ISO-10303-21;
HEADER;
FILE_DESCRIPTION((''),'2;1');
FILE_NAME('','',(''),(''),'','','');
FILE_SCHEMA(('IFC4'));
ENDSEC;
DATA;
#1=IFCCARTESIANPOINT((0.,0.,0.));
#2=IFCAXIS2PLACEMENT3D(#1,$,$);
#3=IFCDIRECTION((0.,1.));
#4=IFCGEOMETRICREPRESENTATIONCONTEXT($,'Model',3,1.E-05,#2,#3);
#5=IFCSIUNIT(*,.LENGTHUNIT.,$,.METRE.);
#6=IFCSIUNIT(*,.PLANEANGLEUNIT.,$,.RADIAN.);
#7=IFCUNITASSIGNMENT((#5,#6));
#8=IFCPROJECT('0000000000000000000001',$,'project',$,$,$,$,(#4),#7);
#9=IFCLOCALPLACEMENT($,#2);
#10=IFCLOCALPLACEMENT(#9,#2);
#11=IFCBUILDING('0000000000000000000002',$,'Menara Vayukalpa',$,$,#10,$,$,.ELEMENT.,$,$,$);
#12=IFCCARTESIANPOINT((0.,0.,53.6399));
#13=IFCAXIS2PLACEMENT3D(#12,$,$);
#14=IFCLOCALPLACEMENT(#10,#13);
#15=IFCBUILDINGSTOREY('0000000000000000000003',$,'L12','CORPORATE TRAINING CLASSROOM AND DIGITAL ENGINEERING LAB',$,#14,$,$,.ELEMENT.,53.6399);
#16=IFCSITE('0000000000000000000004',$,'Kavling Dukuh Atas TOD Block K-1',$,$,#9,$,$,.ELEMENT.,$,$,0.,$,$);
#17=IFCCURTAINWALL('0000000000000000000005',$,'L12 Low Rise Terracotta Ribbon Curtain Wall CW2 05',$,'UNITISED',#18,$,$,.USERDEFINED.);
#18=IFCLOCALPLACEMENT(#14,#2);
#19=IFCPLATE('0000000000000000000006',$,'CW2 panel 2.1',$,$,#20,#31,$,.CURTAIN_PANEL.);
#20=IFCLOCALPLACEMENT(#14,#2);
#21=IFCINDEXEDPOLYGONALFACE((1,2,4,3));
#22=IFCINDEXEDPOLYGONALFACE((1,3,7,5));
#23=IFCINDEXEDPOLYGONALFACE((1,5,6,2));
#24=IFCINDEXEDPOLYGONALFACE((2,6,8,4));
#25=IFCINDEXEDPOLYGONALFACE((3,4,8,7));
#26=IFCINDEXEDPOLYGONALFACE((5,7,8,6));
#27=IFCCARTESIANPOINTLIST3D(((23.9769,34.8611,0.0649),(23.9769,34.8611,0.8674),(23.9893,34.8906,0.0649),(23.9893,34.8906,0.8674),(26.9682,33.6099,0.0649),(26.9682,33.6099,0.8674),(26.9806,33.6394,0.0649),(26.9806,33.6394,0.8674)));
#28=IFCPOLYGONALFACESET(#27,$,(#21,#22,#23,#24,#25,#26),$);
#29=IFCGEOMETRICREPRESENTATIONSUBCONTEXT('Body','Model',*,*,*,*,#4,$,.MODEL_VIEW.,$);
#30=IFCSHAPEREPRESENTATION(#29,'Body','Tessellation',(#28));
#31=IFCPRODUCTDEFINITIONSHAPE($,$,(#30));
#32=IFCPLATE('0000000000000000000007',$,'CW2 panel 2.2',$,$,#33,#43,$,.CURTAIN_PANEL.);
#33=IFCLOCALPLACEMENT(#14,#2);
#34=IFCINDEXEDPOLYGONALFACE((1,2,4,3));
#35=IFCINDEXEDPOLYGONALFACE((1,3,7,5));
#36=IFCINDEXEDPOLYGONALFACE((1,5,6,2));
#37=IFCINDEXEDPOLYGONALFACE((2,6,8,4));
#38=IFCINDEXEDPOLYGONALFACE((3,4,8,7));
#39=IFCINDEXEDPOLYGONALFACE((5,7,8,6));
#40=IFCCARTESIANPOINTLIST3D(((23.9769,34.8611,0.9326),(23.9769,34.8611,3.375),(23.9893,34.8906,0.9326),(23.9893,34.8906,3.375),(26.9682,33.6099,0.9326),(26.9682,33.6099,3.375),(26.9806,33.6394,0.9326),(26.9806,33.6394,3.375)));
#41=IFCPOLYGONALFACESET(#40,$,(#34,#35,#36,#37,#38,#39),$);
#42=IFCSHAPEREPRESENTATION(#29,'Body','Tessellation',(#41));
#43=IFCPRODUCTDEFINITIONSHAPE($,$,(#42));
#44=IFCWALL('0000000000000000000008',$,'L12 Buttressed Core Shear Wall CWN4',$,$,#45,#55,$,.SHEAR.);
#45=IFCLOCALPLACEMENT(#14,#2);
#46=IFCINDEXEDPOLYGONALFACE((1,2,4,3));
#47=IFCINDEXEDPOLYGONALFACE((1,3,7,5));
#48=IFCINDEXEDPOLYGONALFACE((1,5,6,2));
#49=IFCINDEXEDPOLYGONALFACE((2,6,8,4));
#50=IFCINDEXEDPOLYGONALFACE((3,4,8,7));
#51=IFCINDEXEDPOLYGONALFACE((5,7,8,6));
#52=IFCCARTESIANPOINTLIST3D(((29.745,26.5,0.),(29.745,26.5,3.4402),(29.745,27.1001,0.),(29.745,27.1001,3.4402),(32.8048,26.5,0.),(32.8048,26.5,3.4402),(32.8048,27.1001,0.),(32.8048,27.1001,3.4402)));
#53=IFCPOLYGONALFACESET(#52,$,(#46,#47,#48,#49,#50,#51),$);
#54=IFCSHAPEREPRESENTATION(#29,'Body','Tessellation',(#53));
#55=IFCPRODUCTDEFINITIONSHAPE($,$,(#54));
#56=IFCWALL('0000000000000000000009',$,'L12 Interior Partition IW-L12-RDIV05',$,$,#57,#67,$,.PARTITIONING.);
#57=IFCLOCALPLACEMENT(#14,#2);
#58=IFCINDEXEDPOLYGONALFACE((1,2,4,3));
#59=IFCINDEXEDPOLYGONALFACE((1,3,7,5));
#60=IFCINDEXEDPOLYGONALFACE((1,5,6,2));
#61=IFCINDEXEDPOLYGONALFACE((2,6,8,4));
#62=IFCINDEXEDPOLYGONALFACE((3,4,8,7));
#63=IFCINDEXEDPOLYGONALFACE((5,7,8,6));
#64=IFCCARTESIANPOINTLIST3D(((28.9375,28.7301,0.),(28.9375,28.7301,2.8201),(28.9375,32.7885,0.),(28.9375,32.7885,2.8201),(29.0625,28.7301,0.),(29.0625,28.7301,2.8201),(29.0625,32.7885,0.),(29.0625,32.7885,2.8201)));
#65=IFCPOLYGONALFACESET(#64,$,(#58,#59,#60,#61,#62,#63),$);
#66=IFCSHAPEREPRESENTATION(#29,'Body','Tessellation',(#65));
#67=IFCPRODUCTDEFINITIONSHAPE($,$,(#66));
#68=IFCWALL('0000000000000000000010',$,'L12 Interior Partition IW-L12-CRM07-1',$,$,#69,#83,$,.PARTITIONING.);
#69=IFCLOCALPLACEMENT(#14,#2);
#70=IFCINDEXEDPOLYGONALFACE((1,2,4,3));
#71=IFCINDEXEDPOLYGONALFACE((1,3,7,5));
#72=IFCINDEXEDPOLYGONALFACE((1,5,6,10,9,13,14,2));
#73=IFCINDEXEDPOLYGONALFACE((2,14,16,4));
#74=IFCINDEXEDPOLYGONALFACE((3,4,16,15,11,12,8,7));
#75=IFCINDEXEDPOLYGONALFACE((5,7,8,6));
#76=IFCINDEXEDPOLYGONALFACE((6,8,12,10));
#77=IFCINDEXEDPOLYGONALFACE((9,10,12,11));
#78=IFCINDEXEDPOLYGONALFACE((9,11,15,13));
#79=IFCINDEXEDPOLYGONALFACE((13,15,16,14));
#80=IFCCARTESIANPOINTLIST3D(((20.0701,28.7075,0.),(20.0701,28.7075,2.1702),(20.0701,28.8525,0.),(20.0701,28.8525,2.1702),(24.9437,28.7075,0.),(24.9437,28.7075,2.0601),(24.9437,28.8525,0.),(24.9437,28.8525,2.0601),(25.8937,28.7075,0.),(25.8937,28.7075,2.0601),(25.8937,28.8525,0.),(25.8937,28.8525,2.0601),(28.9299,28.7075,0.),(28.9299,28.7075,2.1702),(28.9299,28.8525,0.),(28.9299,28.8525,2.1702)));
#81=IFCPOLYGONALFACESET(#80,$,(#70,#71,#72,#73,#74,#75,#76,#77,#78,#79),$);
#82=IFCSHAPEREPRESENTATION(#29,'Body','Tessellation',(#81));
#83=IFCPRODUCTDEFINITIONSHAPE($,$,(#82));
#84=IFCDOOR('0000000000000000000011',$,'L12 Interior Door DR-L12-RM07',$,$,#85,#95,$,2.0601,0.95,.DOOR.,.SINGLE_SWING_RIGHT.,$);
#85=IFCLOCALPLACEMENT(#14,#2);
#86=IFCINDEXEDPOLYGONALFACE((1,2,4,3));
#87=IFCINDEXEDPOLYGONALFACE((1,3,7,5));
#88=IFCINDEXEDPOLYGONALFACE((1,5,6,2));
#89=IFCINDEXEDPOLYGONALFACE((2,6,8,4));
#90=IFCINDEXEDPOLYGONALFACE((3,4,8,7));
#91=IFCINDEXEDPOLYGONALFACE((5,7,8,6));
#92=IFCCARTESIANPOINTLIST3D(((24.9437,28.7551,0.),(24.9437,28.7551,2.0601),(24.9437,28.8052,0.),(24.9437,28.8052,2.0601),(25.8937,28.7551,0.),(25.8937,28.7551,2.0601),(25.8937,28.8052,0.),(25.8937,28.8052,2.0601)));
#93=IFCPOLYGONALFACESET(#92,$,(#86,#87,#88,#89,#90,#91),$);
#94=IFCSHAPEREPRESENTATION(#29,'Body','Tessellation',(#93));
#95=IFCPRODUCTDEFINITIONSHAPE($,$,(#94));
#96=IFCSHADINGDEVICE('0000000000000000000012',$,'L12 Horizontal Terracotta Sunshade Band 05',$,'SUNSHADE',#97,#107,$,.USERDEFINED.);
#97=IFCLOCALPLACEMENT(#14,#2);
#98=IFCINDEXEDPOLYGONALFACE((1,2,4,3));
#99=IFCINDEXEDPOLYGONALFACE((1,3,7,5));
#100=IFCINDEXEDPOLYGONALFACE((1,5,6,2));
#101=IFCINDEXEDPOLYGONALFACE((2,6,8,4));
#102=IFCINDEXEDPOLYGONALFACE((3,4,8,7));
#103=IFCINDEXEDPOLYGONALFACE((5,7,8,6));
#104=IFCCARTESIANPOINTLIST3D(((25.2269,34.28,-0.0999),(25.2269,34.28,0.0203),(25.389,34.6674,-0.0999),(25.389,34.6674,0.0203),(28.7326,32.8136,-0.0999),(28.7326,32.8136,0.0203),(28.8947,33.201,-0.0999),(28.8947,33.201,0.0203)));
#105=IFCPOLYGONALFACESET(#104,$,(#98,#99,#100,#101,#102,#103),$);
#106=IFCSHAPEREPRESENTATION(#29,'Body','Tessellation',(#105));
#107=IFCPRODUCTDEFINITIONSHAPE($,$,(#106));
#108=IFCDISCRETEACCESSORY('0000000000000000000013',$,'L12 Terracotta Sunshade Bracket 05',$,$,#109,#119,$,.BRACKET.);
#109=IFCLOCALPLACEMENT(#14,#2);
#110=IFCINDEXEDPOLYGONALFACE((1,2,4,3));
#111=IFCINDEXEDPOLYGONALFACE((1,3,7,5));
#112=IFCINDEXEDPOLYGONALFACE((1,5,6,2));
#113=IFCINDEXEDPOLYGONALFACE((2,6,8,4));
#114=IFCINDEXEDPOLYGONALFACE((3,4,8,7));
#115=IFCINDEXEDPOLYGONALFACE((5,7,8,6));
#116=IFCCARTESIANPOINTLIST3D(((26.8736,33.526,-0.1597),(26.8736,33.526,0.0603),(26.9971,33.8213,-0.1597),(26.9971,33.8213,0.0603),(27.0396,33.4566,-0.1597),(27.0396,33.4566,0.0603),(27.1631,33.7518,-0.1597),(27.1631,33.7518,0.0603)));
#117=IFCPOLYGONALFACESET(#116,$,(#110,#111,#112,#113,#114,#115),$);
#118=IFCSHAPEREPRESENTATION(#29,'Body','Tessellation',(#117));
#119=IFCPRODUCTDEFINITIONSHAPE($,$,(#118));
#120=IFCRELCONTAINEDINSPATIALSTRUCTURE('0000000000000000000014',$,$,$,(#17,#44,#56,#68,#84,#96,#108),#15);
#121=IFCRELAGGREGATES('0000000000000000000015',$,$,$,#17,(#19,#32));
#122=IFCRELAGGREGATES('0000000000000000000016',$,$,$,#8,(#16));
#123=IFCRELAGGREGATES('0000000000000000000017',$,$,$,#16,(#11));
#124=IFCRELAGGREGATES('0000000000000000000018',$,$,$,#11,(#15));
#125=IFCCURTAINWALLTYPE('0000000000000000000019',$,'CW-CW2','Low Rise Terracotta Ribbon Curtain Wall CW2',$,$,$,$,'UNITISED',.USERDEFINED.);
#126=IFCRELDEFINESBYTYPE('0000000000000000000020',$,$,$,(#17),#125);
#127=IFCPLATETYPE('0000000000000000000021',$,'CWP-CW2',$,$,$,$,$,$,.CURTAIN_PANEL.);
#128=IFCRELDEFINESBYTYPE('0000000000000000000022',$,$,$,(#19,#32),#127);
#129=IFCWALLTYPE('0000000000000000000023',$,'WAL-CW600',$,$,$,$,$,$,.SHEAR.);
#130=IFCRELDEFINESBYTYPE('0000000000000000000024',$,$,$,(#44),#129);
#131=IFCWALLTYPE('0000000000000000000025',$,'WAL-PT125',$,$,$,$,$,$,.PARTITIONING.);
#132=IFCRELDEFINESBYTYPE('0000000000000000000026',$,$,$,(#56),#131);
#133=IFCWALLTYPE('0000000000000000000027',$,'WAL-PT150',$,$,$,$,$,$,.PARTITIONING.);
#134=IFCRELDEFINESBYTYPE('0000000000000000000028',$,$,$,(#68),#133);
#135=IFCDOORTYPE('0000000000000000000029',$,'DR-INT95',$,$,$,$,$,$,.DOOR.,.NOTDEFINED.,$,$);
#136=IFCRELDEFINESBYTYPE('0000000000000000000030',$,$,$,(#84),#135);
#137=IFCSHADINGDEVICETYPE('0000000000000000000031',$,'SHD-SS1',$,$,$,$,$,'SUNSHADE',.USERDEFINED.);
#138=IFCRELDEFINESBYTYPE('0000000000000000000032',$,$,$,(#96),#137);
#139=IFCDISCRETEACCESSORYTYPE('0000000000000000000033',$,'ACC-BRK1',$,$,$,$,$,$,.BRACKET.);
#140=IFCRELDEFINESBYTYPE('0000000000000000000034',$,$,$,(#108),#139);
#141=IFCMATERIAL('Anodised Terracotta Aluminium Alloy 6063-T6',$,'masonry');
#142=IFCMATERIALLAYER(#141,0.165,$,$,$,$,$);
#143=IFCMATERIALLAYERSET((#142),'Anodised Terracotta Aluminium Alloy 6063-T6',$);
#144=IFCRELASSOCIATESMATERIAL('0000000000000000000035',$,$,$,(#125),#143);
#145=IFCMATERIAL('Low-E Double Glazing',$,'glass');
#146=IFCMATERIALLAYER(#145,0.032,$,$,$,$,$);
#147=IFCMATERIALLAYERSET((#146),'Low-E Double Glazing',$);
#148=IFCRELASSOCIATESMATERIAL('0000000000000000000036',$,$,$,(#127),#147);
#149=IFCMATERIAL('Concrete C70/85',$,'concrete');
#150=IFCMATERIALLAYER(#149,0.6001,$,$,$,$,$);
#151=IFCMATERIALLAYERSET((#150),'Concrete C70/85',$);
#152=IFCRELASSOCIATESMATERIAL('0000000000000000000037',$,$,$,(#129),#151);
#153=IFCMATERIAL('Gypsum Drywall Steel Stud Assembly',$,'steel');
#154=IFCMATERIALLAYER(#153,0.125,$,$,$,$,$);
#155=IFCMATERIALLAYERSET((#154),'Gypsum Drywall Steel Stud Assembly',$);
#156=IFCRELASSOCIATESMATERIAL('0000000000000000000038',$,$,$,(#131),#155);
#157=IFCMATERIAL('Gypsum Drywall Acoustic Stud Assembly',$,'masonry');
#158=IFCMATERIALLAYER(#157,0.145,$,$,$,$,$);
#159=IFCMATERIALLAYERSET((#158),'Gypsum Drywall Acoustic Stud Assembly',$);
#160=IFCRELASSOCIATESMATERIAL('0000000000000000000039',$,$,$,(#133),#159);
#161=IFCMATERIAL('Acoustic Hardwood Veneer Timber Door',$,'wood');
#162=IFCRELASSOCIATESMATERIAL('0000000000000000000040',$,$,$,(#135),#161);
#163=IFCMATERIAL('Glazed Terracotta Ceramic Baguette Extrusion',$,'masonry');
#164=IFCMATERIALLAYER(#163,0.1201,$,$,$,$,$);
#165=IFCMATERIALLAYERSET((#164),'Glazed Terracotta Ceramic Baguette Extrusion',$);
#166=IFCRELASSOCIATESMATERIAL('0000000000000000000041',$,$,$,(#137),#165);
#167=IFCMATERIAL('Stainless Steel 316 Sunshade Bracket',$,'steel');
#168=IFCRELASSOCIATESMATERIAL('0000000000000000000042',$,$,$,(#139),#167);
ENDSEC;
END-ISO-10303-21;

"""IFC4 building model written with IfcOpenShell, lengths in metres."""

from ifc_helpers import new_model, si_unit, direction, frame, frame_2d, origin, origin_2d, place, context, subcontext, project, spatial, rectangle, extrude, material, layer, layer_set, type_object, element, fill, aggregate, save


model = new_model("IFC4")

# Units and contexts
model_context = context("Model", 3, precision=1e-05, world=origin(), true_north=direction((0.0, 1.0)))
body_context = subcontext(model_context, "Body", "Model", "MODEL_VIEW")
ifc_project = project(units=[si_unit("LENGTHUNIT", "METRE"), si_unit("PLANEANGLEUNIT", "RADIAN")], contexts=[model_context])

# Site, building, storey
site_placement = place(None, origin())
site = spatial("IfcSite", under=ifc_project, at=site_placement, Name="Kavling Dukuh Atas TOD Block K-1", CompositionType="ELEMENT", RefElevation=0.0)
building_placement = place(site_placement, origin())
building = spatial("IfcBuilding", under=site, at=building_placement, Name="Menara Vayukalpa", CompositionType="ELEMENT")
storey_placement = place(building_placement, frame((0.0, 0.0, 53.6399)))
storey = spatial("IfcBuildingStorey", under=building, at=storey_placement, Name="L12", Description="CORPORATE TRAINING CLASSROOM AND DIGITAL ENGINEERING LAB", CompositionType="ELEMENT", Elevation=53.6399)

# Shared definitions
ifc_material_1 = material(Name="Anodised Terracotta Aluminium Alloy 6063-T6", Category="masonry")
ifc_layer_1 = layer(ifc_material_1, 0.165)
ifc_layer_set_1 = layer_set([ifc_layer_1], Name="Anodised Terracotta Aluminium Alloy 6063-T6")
curtain_wall_type = type_object("IfcCurtainWallType", Name="CW-CW2", Description="Low Rise Terracotta Ribbon Curtain Wall CW2", ElementType="UNITISED", PredefinedType="USERDEFINED", material=ifc_layer_set_1)

# Curtain wall, plates
curtain_wall_1_placement = place(storey_placement, origin())
curtain_wall_1 = element("IfcCurtainWall", 1, at=curtain_wall_1_placement, inside=storey, type_object=curtain_wall_type, Name="L12 Low Rise Terracotta Ribbon Curtain Wall CW2 05", ObjectType="UNITISED", PredefinedType="USERDEFINED")
ifc_material_2 = material(Name="Low-E Double Glazing", Category="glass")
ifc_layer_2 = layer(ifc_material_2, 0.032)
ifc_layer_set_2 = layer_set([ifc_layer_2], Name="Low-E Double Glazing")
plate_type = type_object("IfcPlateType", Name="CWP-CW2", PredefinedType="CURTAIN_PANEL", material=ifc_layer_set_2)
plate_1_placement = place(storey_placement, frame((25.4788, 34.2502, 0.0649), z_axis=(0.0, 0.0, 1.0), x_axis=(-0.922543, 0.385895, 0.0)))
plate_1 = element("IfcPlate", 2, at=plate_1_placement, type_object=plate_type, Name="CW2 panel 2.1", PredefinedType="CURTAIN_PANEL", context=body_context, shape_type="SweptSolid", body=[
    extrude(rectangle(XDim=3.2424, YDim=0.032, at=origin_2d()), origin(), (0.0, 0.0, 1.0), 0.8025),
])
plate_2_placement = place(storey_placement, frame((25.4788, 34.2502, 0.9326), z_axis=(0.0, 0.0, 1.0), x_axis=(-0.922543, 0.385895, 0.0)))
plate_2 = element("IfcPlate", 3, at=plate_2_placement, type_object=plate_type, Name="CW2 panel 2.2", PredefinedType="CURTAIN_PANEL", context=body_context, shape_type="SweptSolid", body=[
    extrude(rectangle(XDim=3.2424, YDim=0.032, at=origin_2d()), origin(), (0.0, 0.0, 1.0), 2.4424),
])
aggregate(curtain_wall_1, [plate_1, plate_2])

# Walls
ifc_material_3 = material(Name="Concrete C70/85", Category="concrete")
ifc_layer_3 = layer(ifc_material_3, 0.6001)
ifc_layer_set_3 = layer_set([ifc_layer_3], Name="Concrete C70/85")
wall_type_1 = type_object("IfcWallType", Name="WAL-CW600", PredefinedType="SHEAR", material=ifc_layer_set_3)
wall_1_placement = place(storey_placement, frame((29.7451, 26.8, 0.0), z_axis=(0.0, 0.0, 1.0), x_axis=(1.0, 0.0, 0.0)))
element("IfcWall", 4, at=wall_1_placement, inside=storey, type_object=wall_type_1, Name="L12 Buttressed Core Shear Wall CWN4", PredefinedType="SHEAR", context=body_context, shape_type="SweptSolid", body=[
    extrude(rectangle(XDim=3.0598, YDim=0.6001, at=frame_2d((1.5298, 0.0))), origin(), (0.0, 0.0, 1.0), 3.4402),
])
ifc_material_4 = material(Name="Gypsum Drywall Steel Stud Assembly", Category="steel")
ifc_layer_4 = layer(ifc_material_4, 0.125)
ifc_layer_set_4 = layer_set([ifc_layer_4], Name="Gypsum Drywall Steel Stud Assembly")
wall_type_2 = type_object("IfcWallType", Name="WAL-PT125", PredefinedType="PARTITIONING", material=ifc_layer_set_4)
wall_2_placement = place(storey_placement, frame((29.0, 28.73, 0.0), z_axis=(0.0, 0.0, 1.0), x_axis=(0.0, 1.0, 0.0)))
element("IfcWall", 5, at=wall_2_placement, inside=storey, type_object=wall_type_2, Name="L12 Interior Partition IW-L12-RDIV05", PredefinedType="PARTITIONING", context=body_context, shape_type="SweptSolid", body=[
    extrude(rectangle(XDim=4.0583, YDim=0.125, at=frame_2d((2.0293, 0.0))), origin(), (0.0, 0.0, 1.0), 2.8201),
])

# Wall, opening, door
ifc_material_5 = material(Name="Gypsum Drywall Acoustic Stud Assembly", Category="masonry")
ifc_layer_5 = layer(ifc_material_5, 0.145)
ifc_layer_set_5 = layer_set([ifc_layer_5], Name="Gypsum Drywall Acoustic Stud Assembly")
wall_type_3 = type_object("IfcWallType", Name="WAL-PT150", PredefinedType="PARTITIONING", material=ifc_layer_set_5)
wall_3_placement = place(storey_placement, frame((28.9299, 28.78, 0.0), z_axis=(0.0, 0.0, 1.0), x_axis=(-1.0, 0.0, 0.0)))
wall_3 = element("IfcWall", 6, at=wall_3_placement, inside=storey, type_object=wall_type_3, Name="L12 Interior Partition IW-L12-CRM07-1", PredefinedType="PARTITIONING", context=body_context, shape_type="SweptSolid", body=[
    extrude(rectangle(XDim=8.8599, YDim=0.145, at=frame_2d((4.4299, 0.0))), origin(), (0.0, 0.0, 1.0), 2.1702),
])
opening_placement = place(wall_3_placement, frame((3.0361, 0.0, 0.0)))
opening = element("IfcOpeningElement", 7, at=opening_placement, cuts=wall_3, PredefinedType="OPENING", context=body_context, shape_type="SweptSolid", body=[
    extrude(rectangle(XDim=0.95, YDim=2.0601, at=frame_2d((0.4751, 1.03))), frame((0.0, 0.0825, 0.0), z_axis=(0.0, -1.0, 0.0), x_axis=(1.0, 0.0, 0.0)), (0.0, 0.0, 1.0), 0.165),
])
ifc_material_6 = material(Name="Acoustic Hardwood Veneer Timber Door", Category="wood")
door_type = type_object("IfcDoorType", Name="DR-INT95", OperationType="NOTDEFINED", PredefinedType="DOOR", material=ifc_material_6)
door_placement = place(opening_placement, origin())
door = element("IfcDoor", 8, at=door_placement, inside=storey, type_object=door_type, Name="L12 Interior Door DR-L12-RM07", OperationType="SINGLE_SWING_RIGHT", OverallHeight=2.0601, OverallWidth=0.95, PredefinedType="DOOR", context=body_context, shape_type="SweptSolid", body=[
    extrude(rectangle(XDim=0.95, YDim=2.0601, at=frame_2d((0.4751, 1.03))), frame((0.0, 0.0249, 0.0), z_axis=(0.0, -1.0, 0.0), x_axis=(1.0, 0.0, 0.0)), (0.0, 0.0, 1.0), 0.05),
])
fill(opening, door)

# Shading device
ifc_material_7 = material(Name="Glazed Terracotta Ceramic Baguette Extrusion", Category="masonry")
ifc_layer_6 = layer(ifc_material_7, 0.1201)
ifc_layer_set_6 = layer_set([ifc_layer_6], Name="Glazed Terracotta Ceramic Baguette Extrusion")
shading_device_type = type_object("IfcShadingDeviceType", Name="SHD-SS1", ElementType="SUNSHADE", PredefinedType="USERDEFINED", material=ifc_layer_set_6)
shading_device_placement = place(storey_placement, frame((27.0608, 33.7405, -0.0999), z_axis=(0.0, 0.0, 1.0), x_axis=(-0.922545, 0.38589, 0.0)))
element("IfcShadingDevice", 9, at=shading_device_placement, inside=storey, type_object=shading_device_type, Name="L12 Horizontal Terracotta Sunshade Band 05", ObjectType="SUNSHADE", PredefinedType="USERDEFINED", context=body_context, shape_type="SweptSolid", body=[
    extrude(rectangle(XDim=3.8, YDim=0.4199, at=origin_2d()), origin(), (0.0, 0.0, 1.0), 0.1201),
])

# Discrete accessory
ifc_material_8 = material(Name="Stainless Steel 316 Sunshade Bracket", Category="steel")
discrete_accessory_type = type_object("IfcDiscreteAccessoryType", Name="ACC-BRK1", PredefinedType="BRACKET", material=ifc_material_8)
discrete_accessory_placement = place(storey_placement, frame((27.0183, 33.6389, -0.1597), z_axis=(0.0, 0.0, 1.0), x_axis=(-0.922545, 0.38589, 0.0)))
element("IfcDiscreteAccessory", 10, at=discrete_accessory_placement, inside=storey, type_object=discrete_accessory_type, Name="L12 Terracotta Sunshade Bracket 05", PredefinedType="BRACKET", context=body_context, shape_type="SweptSolid", body=[
    extrude(rectangle(XDim=0.1799, YDim=0.3201, at=origin_2d()), origin(), (0.0, 0.0, 1.0), 0.22),
])

save(model, "model.ifc")
